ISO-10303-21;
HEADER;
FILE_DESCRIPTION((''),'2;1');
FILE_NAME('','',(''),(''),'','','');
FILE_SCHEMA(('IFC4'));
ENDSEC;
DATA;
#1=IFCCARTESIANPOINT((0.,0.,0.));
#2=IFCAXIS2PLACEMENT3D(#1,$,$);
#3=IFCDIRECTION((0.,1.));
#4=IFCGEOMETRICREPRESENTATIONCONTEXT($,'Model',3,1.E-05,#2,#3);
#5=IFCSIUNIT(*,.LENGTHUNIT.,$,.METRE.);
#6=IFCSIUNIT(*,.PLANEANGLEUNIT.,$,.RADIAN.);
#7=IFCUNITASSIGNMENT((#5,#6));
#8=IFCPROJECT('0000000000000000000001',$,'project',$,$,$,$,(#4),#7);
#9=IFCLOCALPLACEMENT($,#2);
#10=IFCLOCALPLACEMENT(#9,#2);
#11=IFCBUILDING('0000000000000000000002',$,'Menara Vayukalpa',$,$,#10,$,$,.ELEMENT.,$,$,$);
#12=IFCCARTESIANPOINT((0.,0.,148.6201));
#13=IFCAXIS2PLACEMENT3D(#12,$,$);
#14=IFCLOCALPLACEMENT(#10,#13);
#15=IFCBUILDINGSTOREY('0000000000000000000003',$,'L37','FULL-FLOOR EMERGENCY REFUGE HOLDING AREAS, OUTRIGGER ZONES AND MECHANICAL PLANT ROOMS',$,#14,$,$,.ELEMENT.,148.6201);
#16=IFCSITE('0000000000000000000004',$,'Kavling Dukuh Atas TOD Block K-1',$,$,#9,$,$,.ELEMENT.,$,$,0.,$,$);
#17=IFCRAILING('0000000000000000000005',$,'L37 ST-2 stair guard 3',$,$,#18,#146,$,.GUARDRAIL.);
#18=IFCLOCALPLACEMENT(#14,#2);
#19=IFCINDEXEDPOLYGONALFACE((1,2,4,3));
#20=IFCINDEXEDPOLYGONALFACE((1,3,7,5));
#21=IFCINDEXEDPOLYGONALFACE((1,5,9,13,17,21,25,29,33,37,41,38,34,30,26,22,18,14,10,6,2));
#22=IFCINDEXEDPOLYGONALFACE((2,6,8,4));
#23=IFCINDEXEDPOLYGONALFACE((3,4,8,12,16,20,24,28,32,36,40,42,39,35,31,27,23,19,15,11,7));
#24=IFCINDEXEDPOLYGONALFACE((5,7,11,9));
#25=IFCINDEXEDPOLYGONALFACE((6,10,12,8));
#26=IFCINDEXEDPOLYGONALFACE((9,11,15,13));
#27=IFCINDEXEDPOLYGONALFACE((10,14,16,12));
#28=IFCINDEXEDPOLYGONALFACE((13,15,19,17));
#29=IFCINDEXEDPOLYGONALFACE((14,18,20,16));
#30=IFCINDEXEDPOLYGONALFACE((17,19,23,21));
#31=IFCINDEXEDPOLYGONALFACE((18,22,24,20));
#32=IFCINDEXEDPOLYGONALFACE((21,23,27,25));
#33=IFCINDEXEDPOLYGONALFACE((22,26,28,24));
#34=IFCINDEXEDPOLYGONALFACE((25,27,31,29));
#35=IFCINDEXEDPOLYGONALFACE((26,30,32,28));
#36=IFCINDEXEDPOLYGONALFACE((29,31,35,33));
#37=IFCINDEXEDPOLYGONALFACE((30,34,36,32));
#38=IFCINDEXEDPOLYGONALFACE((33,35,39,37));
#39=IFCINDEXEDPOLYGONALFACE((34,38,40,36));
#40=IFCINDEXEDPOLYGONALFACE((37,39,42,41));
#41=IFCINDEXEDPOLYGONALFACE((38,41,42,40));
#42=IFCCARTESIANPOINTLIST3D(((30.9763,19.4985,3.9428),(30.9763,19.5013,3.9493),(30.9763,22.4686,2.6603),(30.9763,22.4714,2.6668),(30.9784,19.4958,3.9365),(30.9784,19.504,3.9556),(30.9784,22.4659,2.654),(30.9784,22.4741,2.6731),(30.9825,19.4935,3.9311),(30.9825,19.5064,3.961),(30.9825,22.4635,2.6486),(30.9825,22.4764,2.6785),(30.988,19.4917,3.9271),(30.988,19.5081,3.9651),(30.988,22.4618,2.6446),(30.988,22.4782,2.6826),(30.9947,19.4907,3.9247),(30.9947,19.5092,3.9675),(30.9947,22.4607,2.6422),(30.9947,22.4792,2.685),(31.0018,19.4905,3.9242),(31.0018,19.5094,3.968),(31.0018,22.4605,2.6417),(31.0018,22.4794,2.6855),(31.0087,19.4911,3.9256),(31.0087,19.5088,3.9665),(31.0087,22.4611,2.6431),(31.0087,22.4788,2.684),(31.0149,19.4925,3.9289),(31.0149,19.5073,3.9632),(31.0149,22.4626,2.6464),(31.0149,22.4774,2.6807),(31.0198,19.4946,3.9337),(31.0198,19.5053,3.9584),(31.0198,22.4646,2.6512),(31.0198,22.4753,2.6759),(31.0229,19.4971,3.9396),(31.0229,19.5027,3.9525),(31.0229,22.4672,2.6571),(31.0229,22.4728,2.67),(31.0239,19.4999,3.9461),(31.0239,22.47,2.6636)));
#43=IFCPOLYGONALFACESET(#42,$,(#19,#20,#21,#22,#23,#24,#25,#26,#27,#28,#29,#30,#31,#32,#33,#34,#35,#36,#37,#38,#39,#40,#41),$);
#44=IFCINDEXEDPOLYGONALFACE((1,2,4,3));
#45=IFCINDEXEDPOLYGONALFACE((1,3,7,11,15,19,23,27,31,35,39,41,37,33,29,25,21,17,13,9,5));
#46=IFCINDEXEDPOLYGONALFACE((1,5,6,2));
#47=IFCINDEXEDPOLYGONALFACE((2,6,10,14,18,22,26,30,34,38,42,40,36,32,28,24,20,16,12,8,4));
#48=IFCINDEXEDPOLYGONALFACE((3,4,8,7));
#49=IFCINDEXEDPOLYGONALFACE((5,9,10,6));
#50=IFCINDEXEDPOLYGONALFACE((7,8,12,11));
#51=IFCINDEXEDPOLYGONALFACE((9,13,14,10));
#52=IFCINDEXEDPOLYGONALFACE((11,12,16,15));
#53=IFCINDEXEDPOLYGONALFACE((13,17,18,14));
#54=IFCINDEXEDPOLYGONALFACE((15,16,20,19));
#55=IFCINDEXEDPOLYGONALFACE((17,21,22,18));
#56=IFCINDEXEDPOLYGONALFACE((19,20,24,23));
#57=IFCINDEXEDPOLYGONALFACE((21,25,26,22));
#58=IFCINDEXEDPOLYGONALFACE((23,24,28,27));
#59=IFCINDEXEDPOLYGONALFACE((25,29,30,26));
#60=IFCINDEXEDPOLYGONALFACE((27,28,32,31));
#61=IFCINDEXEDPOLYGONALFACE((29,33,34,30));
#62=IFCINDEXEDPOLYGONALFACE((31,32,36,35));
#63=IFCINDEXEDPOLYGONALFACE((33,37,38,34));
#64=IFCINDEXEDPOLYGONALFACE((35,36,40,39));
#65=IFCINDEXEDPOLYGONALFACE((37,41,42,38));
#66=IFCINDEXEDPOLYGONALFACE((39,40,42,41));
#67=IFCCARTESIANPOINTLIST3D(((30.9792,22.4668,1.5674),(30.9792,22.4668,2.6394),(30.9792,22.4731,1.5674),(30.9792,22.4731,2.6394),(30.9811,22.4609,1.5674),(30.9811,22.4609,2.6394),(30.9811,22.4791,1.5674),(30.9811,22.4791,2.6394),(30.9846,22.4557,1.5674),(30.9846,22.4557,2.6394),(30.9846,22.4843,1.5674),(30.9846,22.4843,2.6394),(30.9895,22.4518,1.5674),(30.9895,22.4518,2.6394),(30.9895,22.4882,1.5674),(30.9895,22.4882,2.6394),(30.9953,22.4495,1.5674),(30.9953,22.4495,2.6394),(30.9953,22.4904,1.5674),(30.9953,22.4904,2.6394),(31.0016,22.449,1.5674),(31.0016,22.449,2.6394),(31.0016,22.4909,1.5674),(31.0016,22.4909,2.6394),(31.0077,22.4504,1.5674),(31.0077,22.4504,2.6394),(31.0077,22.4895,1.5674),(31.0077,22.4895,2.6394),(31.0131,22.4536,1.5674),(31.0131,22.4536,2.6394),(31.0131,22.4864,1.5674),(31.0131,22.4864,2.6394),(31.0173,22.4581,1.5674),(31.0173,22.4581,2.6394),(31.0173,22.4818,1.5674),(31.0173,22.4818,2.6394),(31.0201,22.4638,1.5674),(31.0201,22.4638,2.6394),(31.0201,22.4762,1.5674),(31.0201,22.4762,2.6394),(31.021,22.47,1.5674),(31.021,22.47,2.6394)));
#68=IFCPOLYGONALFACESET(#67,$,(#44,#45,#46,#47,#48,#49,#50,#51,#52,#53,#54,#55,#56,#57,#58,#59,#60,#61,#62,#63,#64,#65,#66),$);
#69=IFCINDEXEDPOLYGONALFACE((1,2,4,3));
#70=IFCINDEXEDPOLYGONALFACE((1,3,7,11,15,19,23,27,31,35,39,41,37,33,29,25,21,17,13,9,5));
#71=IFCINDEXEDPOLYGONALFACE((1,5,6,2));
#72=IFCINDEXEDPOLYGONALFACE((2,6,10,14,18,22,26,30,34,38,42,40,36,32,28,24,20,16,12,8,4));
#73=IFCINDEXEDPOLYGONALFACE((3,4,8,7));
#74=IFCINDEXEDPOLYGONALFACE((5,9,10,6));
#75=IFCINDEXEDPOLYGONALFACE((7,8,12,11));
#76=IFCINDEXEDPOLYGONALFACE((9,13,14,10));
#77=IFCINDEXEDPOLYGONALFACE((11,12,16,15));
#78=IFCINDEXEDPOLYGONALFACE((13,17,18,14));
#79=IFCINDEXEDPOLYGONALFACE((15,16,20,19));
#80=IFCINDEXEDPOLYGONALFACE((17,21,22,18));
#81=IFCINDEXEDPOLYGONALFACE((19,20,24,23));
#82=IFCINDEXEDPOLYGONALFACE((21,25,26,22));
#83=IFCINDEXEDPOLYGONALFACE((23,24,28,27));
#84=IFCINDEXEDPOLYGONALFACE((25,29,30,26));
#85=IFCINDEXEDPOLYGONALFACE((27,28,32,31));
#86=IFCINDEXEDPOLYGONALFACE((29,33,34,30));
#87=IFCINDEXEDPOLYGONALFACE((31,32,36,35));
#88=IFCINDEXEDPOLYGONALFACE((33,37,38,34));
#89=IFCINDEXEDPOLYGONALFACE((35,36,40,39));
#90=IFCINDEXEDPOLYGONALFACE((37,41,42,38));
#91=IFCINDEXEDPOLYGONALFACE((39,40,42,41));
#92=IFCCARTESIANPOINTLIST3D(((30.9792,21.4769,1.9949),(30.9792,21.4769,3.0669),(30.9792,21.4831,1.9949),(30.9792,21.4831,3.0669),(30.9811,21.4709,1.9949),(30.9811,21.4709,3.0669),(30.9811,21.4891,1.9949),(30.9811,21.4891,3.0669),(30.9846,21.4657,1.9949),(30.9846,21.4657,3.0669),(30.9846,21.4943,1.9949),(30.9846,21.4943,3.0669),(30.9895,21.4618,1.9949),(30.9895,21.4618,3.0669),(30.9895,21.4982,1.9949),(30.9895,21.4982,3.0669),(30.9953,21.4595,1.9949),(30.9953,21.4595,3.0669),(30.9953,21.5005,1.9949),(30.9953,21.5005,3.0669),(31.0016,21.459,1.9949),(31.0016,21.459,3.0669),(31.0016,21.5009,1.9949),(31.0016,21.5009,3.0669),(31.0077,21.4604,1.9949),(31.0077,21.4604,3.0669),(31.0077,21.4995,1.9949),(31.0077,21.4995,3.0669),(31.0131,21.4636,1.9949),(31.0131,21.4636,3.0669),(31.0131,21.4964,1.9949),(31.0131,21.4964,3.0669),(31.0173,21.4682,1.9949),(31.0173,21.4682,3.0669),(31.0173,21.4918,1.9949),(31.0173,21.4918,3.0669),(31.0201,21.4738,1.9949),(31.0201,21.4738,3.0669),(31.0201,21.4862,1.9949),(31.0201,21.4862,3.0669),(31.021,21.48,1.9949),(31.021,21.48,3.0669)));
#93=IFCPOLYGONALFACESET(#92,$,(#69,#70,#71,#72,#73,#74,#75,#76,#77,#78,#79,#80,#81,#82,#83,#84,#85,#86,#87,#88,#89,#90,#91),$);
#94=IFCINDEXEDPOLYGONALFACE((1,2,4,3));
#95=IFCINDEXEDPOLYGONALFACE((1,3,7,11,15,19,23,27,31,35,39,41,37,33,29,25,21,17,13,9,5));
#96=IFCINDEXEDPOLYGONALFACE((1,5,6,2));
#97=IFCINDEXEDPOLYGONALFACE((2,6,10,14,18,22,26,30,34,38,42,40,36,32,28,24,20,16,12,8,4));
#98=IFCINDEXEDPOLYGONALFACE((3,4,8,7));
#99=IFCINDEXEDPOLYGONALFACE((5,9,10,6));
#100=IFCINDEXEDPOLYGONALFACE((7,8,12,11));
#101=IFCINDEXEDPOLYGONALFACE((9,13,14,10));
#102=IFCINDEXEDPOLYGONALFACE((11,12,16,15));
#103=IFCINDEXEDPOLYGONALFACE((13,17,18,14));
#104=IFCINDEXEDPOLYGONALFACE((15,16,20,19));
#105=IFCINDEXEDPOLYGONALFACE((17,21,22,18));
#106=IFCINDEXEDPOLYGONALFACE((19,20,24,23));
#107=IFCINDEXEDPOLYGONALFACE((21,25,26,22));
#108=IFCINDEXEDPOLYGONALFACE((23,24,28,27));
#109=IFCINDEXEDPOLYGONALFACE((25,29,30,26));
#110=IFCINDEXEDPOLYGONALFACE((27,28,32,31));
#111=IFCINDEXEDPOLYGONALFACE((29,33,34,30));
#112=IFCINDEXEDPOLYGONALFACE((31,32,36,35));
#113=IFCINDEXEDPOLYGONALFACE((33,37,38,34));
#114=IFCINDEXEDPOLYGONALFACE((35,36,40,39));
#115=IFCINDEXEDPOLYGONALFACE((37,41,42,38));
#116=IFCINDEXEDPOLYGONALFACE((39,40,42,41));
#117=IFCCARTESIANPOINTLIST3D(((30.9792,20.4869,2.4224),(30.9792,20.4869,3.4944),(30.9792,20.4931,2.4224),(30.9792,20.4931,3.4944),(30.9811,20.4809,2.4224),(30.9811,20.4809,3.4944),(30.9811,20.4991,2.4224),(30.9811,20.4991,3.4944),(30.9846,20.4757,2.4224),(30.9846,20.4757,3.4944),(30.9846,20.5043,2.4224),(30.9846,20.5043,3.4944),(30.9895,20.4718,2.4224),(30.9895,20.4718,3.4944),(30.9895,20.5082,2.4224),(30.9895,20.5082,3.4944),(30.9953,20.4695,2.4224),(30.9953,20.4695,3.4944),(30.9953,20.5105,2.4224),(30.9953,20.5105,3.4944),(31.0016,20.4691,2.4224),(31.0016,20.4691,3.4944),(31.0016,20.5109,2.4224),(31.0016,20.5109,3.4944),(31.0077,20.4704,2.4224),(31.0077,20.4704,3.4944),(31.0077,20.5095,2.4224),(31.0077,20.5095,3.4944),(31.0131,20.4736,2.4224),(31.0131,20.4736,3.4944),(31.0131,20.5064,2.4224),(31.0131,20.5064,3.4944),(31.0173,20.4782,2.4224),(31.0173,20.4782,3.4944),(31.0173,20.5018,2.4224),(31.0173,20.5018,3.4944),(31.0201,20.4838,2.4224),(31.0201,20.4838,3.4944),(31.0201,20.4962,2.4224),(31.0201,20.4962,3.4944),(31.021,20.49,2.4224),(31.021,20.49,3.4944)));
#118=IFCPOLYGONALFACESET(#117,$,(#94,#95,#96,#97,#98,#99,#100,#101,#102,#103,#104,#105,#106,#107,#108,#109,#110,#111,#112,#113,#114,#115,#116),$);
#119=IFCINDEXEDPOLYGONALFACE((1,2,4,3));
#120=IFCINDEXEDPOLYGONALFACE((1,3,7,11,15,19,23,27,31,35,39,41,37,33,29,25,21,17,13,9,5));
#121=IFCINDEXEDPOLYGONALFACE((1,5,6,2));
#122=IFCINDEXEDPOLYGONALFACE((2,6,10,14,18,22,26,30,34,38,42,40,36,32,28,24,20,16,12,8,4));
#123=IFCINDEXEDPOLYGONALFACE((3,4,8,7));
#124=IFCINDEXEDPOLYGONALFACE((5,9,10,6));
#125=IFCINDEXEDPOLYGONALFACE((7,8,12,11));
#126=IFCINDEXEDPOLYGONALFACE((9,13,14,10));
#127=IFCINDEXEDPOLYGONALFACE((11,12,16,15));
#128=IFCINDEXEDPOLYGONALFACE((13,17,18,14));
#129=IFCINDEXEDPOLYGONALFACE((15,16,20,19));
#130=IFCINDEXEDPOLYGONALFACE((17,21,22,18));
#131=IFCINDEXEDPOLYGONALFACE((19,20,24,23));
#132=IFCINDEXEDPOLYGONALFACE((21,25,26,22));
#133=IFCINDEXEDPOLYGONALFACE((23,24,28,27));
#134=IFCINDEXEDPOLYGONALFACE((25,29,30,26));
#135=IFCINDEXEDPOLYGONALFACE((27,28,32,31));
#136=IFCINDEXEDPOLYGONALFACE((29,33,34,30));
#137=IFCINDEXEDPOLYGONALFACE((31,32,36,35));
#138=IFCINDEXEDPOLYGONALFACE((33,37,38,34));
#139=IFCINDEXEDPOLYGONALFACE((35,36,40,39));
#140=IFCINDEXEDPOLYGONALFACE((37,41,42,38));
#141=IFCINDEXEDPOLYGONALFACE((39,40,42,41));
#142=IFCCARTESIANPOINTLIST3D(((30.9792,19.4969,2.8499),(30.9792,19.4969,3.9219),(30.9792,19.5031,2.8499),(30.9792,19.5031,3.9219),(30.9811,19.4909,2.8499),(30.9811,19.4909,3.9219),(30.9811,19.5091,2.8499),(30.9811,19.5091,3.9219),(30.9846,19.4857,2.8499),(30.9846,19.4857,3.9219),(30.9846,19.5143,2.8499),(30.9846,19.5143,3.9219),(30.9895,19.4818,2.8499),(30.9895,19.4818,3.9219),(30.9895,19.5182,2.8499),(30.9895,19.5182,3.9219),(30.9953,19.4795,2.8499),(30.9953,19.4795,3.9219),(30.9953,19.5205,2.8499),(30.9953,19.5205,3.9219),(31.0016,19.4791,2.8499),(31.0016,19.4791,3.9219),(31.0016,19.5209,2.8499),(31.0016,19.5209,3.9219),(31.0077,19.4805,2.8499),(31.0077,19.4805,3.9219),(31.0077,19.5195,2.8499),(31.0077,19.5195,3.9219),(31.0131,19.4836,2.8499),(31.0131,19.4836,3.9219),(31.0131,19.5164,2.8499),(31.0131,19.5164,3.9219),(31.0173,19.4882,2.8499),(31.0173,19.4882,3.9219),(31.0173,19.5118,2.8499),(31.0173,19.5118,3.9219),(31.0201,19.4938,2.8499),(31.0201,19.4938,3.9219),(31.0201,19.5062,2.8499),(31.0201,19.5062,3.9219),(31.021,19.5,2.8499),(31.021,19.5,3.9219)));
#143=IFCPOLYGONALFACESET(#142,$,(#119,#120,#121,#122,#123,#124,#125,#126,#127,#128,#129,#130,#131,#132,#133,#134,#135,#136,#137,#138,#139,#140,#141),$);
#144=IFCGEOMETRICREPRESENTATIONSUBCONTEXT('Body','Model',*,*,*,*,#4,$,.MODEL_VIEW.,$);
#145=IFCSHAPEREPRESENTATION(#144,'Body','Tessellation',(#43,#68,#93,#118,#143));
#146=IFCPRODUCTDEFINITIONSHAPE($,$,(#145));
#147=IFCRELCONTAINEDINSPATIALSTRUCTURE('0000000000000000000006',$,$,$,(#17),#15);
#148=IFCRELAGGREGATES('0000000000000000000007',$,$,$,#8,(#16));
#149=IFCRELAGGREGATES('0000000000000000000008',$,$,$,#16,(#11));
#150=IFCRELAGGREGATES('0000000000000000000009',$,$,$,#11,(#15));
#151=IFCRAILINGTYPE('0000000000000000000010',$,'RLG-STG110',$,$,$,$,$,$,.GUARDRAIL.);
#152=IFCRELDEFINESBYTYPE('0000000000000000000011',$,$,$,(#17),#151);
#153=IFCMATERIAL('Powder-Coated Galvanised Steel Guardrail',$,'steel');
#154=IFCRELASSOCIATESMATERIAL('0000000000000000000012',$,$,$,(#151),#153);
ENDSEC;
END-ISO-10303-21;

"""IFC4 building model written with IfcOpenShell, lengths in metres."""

from ifc_helpers import new_model, si_unit, direction, frame, origin, origin_2d, place, context, subcontext, project, spatial, circle, extrude, material, type_object, element, save


model = new_model("IFC4")

# Units and contexts
model_context = context("Model", 3, precision=1e-05, world=origin(), true_north=direction((0.0, 1.0)))
body_context = subcontext(model_context, "Body", "Model", "MODEL_VIEW")
ifc_project = project(units=[si_unit("LENGTHUNIT", "METRE"), si_unit("PLANEANGLEUNIT", "RADIAN")], contexts=[model_context])

# Site, building, storey
site_placement = place(None, origin())
site = spatial("IfcSite", under=ifc_project, at=site_placement, Name="Kavling Dukuh Atas TOD Block K-1", CompositionType="ELEMENT", RefElevation=0.0)
building_placement = place(site_placement, origin())
building = spatial("IfcBuilding", under=site, at=building_placement, Name="Menara Vayukalpa", CompositionType="ELEMENT")
storey_placement = place(building_placement, frame((0.0, 0.0, 148.6201)))
storey = spatial("IfcBuildingStorey", under=building, at=storey_placement, Name="L37", Description="FULL-FLOOR EMERGENCY REFUGE HOLDING AREAS, OUTRIGGER ZONES AND MECHANICAL PLANT ROOMS", CompositionType="ELEMENT", Elevation=148.6201)

# Railing
ifc_material_1 = material(Name="Powder-Coated Galvanised Steel Guardrail", Category="steel")
railing_type_1 = type_object("IfcRailingType", Name="RLG-STG110", PredefinedType="GUARDRAIL", material=ifc_material_1)
railing_1_placement = place(storey_placement, frame((31.0, 22.47, 1.5674)))
element("IfcRailing", 1, at=railing_1_placement, inside=storey, type_object=railing_type_1, Name="L37 ST-2 stair guard 3", PredefinedType="GUARDRAIL", context=body_context, shape_type="SweptSolid", body=[
    extrude(circle(Radius=0.0239, at=origin_2d()), frame((0.0, 0.0, 1.0962), z_axis=(0.0, -0.918064, 0.396432), x_axis=(1.0, 0.0, 0.0)), (0.0, 0.0, 1.0), 3.2351),
    extrude(circle(Radius=0.021, at=origin_2d()), origin(), (0.0, 0.0, 1.0), 1.072),
    extrude(circle(Radius=0.021, at=origin_2d()), frame((0.0, -0.99, 0.4275)), (0.0, 0.0, 1.0), 1.072),
    extrude(circle(Radius=0.021, at=origin_2d()), frame((0.0, -1.98, 0.855)), (0.0, 0.0, 1.0), 1.072),
    extrude(circle(Radius=0.021, at=origin_2d()), frame((0.0, -2.97, 1.2825)), (0.0, 0.0, 1.0), 1.072),
])

save(model, "model.ifc")
